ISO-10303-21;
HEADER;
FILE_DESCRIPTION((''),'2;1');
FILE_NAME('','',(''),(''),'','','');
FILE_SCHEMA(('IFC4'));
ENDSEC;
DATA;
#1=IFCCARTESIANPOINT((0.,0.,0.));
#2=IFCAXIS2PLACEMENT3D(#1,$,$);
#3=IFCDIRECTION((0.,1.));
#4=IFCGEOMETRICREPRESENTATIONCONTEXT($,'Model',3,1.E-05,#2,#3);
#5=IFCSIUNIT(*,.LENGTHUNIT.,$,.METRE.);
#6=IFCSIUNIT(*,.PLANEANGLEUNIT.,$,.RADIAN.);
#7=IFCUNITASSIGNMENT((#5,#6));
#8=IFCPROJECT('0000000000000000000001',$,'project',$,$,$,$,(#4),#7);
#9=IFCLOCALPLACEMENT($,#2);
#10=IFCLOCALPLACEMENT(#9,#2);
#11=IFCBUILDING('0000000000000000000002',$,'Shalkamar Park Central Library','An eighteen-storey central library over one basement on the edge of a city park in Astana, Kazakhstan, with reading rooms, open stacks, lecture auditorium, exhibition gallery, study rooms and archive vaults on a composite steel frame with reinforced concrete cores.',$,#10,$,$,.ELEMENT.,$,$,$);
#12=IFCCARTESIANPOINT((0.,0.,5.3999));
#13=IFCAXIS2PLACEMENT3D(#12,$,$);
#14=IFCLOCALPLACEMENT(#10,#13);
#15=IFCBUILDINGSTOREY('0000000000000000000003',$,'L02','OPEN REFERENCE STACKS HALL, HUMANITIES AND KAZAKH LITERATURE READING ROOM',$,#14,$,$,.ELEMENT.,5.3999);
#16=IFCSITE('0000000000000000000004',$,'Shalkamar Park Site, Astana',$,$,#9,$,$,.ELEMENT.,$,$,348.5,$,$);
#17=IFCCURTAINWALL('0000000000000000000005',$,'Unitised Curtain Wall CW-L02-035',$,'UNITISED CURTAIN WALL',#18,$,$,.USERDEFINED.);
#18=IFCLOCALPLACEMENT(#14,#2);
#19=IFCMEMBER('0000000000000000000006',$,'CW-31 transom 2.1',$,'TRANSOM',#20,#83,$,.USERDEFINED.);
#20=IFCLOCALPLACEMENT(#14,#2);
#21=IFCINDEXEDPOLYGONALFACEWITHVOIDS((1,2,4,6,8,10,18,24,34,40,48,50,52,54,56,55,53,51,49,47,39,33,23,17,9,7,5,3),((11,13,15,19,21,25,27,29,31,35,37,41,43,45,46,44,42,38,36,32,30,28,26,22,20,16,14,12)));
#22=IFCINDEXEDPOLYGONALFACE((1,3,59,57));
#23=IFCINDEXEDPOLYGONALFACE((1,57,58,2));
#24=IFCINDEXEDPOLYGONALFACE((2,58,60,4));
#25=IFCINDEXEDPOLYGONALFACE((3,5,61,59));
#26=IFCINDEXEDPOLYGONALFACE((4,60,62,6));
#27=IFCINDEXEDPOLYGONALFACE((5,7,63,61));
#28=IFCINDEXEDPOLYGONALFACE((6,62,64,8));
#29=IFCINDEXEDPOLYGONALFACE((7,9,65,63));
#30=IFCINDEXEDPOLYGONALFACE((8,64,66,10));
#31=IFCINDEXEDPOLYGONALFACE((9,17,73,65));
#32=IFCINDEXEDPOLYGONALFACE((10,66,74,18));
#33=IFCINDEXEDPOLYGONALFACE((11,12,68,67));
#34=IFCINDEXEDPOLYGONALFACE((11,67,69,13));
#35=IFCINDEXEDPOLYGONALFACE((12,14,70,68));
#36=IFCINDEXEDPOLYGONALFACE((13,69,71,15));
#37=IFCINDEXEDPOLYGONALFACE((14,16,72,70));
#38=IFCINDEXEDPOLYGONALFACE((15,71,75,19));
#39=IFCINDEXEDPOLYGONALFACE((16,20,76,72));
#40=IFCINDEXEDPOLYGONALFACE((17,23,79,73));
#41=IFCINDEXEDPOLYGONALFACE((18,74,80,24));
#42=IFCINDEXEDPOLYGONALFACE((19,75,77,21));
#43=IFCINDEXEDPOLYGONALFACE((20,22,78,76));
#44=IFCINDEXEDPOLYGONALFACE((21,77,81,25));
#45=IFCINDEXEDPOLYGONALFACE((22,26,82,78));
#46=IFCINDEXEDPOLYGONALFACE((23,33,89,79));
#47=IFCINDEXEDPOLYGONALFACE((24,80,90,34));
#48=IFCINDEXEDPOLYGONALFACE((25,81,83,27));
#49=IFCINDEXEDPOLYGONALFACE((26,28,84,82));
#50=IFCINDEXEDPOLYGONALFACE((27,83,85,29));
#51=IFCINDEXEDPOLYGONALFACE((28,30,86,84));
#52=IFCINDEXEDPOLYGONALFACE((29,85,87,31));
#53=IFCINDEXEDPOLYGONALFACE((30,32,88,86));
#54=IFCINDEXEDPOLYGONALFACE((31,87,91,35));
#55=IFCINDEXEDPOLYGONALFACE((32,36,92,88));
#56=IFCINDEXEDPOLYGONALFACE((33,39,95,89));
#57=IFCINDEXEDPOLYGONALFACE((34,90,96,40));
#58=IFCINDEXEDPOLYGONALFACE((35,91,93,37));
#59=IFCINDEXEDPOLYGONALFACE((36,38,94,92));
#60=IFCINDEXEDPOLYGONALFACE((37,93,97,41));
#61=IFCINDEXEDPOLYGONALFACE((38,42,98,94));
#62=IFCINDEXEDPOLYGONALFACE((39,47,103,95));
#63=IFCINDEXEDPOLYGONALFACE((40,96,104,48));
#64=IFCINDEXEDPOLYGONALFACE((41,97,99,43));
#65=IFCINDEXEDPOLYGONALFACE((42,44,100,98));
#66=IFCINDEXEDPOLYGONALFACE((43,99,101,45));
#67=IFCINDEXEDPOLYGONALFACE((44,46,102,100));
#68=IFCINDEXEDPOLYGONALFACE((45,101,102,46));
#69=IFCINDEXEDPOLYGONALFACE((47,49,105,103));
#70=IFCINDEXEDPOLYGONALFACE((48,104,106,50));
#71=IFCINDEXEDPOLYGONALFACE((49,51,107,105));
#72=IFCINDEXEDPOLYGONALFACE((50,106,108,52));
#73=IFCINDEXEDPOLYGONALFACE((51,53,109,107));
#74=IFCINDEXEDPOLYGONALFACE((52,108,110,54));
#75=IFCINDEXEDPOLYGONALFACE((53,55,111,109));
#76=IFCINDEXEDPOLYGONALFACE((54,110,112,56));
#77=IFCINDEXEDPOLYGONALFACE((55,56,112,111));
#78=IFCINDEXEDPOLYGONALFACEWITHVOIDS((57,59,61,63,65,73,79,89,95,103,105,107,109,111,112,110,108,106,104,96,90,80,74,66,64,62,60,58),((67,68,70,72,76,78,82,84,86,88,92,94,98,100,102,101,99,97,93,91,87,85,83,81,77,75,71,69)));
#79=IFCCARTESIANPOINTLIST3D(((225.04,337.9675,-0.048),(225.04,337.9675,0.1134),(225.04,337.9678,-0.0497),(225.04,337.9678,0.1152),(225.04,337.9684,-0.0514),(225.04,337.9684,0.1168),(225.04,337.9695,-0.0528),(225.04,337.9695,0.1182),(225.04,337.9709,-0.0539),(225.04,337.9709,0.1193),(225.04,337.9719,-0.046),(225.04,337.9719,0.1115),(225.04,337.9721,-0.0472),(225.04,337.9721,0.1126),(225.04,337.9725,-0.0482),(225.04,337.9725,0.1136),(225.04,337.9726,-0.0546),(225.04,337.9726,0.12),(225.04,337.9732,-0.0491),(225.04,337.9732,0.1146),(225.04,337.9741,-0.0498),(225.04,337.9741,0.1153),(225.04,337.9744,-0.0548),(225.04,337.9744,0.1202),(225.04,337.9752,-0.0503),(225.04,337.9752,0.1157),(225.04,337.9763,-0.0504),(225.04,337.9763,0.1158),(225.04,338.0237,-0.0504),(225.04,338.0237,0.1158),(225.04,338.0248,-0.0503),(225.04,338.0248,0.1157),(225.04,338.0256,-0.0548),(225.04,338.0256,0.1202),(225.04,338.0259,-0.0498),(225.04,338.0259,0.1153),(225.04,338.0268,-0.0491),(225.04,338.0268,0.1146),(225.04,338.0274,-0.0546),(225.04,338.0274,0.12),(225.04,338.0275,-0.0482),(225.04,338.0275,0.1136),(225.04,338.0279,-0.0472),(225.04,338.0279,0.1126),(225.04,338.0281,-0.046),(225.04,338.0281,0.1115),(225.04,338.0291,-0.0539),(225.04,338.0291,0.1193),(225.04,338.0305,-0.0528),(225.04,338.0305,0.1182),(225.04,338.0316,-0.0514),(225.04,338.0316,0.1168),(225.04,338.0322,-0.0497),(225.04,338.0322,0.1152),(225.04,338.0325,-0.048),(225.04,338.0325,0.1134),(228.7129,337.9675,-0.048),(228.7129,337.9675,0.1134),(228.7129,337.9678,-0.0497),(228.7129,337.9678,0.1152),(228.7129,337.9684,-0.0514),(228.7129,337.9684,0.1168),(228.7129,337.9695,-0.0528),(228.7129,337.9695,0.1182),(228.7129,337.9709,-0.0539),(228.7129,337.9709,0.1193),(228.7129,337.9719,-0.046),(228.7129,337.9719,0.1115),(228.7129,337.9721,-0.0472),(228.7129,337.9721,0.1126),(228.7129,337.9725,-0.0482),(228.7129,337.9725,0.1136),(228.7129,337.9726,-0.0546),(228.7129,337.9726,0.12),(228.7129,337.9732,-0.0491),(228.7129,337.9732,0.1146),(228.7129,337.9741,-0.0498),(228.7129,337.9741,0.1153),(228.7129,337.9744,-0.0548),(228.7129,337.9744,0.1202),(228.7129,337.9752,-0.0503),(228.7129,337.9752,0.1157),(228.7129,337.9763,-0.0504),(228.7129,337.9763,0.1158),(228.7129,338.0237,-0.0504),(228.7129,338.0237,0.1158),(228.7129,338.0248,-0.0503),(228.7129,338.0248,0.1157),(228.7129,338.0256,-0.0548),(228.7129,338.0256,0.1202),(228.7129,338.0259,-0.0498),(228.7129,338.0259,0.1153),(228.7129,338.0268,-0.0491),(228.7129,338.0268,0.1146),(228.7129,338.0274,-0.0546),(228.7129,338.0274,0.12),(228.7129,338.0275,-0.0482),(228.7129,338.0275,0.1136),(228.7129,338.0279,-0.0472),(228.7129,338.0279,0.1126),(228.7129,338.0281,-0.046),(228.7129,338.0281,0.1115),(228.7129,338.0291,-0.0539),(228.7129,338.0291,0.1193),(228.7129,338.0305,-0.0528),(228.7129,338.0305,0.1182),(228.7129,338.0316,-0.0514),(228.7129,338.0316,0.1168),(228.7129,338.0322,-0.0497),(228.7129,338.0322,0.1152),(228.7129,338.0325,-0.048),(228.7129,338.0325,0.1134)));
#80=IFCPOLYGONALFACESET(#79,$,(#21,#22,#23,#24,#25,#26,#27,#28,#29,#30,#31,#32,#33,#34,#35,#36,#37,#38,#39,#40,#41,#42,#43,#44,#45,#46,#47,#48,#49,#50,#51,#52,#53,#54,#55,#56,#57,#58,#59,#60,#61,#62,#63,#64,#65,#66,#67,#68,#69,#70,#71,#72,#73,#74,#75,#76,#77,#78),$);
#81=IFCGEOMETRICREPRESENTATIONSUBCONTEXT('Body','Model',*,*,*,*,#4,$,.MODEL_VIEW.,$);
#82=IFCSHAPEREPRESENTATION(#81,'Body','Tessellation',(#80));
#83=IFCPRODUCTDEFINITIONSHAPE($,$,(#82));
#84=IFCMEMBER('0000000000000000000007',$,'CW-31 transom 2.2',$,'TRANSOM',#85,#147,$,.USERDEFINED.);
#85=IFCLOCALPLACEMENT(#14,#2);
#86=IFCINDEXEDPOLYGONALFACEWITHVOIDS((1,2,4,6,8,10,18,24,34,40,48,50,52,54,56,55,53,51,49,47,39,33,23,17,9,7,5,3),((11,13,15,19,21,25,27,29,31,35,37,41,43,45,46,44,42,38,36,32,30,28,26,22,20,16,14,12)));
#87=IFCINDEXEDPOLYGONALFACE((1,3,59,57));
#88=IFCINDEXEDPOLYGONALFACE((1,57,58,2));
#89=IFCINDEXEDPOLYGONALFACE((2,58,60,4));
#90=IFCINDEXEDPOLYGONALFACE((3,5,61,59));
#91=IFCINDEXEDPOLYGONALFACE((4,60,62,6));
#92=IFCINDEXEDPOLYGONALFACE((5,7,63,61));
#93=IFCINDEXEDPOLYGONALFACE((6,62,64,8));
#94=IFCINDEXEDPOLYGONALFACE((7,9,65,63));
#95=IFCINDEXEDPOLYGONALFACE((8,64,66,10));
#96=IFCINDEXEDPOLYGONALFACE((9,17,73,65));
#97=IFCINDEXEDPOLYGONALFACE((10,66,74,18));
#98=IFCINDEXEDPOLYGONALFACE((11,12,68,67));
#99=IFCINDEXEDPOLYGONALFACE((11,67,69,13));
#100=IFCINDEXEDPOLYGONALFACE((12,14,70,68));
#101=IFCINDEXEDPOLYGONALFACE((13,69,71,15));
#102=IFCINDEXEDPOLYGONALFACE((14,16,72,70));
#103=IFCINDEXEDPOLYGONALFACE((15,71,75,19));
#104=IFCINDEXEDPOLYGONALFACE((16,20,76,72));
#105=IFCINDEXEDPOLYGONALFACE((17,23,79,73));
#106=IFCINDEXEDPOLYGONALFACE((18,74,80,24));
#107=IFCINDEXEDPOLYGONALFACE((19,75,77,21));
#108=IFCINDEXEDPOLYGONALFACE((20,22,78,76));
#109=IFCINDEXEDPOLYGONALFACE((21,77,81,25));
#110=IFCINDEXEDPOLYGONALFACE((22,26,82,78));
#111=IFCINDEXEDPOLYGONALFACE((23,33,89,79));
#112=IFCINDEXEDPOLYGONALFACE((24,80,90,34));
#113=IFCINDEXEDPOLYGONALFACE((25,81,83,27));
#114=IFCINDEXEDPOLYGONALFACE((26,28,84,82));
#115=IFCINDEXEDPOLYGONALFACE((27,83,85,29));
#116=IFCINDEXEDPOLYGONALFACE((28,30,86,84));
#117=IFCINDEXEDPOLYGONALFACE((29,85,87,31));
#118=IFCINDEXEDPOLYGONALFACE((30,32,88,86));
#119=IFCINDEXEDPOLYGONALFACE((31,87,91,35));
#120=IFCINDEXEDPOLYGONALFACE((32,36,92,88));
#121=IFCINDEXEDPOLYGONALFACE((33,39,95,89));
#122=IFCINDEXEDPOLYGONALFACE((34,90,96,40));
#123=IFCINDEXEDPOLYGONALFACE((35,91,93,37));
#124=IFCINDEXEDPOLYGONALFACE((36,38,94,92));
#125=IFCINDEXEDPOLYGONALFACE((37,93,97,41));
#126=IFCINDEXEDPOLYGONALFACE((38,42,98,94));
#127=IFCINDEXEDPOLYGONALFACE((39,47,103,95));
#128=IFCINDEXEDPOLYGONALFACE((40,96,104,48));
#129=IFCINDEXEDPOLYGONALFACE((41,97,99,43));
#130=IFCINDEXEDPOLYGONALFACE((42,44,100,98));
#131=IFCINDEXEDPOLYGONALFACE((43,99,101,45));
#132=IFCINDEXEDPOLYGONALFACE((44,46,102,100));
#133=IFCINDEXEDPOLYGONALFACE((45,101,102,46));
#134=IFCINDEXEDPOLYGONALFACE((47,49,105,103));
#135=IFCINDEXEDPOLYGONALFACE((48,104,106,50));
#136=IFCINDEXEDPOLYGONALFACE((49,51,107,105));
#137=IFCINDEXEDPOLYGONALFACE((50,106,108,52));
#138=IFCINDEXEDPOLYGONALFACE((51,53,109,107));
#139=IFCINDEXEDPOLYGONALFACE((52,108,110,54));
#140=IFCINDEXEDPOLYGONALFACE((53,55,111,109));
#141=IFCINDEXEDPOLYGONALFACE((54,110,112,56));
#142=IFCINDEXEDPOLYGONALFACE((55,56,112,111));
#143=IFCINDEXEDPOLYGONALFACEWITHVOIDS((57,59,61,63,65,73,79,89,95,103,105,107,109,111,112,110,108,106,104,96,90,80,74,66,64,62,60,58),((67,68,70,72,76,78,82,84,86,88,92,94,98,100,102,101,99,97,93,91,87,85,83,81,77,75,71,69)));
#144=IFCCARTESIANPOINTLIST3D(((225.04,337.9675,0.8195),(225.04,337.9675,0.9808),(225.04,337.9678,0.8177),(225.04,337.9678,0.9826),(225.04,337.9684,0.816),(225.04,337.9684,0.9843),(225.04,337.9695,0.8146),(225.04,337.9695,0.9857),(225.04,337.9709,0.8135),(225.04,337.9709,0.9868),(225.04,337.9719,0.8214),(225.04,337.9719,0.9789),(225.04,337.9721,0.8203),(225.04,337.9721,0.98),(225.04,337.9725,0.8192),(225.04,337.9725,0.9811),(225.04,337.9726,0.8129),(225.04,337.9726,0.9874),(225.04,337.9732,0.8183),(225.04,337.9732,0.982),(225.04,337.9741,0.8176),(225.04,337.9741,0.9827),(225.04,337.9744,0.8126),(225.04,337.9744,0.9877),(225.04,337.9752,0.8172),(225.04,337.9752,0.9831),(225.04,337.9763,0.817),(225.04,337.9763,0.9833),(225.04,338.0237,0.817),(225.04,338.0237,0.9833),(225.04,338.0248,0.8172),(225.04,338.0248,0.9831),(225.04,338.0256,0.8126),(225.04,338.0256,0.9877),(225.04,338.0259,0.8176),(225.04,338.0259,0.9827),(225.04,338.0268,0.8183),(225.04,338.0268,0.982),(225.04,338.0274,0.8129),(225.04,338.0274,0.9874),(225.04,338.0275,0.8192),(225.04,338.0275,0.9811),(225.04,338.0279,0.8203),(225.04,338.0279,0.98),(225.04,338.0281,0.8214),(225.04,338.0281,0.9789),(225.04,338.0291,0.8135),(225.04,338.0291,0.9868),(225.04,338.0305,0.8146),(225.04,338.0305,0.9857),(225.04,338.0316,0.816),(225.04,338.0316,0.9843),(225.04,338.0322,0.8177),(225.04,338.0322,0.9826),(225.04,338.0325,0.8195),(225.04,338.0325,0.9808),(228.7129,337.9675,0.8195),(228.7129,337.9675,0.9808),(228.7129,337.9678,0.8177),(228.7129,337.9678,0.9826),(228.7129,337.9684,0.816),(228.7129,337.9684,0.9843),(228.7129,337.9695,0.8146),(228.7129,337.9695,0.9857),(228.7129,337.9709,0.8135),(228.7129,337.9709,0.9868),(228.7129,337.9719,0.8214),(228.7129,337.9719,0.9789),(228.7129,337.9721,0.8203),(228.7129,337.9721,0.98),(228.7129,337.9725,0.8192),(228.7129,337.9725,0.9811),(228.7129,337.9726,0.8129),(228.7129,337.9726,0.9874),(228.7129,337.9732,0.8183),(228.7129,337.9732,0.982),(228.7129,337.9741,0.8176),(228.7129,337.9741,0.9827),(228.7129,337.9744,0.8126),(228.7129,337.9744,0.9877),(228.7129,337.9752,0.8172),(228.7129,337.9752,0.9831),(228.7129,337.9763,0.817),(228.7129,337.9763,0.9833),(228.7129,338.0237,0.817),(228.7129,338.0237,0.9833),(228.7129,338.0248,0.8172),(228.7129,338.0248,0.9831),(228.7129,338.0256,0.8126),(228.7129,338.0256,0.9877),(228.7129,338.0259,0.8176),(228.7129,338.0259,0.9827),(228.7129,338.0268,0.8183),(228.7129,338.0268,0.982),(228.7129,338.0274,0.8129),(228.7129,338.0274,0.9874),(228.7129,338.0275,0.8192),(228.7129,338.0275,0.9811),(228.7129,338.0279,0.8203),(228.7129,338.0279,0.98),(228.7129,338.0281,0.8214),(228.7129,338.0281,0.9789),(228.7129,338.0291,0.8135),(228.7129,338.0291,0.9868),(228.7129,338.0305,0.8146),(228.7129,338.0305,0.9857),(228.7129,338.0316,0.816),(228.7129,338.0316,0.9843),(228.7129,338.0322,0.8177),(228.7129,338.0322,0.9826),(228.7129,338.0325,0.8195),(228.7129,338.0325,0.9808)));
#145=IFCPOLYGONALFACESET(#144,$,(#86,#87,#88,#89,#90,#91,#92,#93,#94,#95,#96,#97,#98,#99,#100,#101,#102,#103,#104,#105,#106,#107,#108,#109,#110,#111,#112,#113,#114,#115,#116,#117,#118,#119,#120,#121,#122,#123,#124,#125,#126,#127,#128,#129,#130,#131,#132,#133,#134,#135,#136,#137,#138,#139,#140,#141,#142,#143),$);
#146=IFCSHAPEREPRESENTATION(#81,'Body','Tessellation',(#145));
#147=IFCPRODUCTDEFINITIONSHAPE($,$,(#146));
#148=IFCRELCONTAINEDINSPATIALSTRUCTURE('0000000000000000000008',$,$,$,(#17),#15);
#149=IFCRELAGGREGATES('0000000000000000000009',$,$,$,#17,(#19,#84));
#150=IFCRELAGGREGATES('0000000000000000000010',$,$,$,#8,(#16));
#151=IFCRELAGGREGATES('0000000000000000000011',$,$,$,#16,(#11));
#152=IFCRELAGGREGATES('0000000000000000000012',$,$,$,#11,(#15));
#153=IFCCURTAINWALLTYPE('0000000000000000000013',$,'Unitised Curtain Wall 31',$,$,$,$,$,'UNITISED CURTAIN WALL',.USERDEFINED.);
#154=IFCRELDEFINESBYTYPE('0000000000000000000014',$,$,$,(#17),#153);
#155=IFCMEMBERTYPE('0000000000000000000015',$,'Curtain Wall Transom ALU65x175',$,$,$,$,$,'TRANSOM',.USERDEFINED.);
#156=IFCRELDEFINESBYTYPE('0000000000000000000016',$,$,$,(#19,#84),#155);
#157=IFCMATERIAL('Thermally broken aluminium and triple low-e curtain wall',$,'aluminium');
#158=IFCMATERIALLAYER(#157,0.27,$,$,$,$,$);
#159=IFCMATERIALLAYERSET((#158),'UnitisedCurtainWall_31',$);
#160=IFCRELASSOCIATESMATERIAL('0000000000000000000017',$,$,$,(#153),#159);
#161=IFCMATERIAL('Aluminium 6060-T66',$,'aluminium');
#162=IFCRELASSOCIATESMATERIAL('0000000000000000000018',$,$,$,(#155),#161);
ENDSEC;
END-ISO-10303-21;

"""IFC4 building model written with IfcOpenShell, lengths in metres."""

from ifc_helpers import new_model, si_unit, direction, frame, origin, origin_2d, place, context, subcontext, project, spatial, hollow_rectangle, extrude, material, layer, layer_set, material_profile, profile_set, type_object, element, aggregate, save


model = new_model("IFC4")

# Units and contexts
model_context = context("Model", 3, precision=1e-05, world=origin(), true_north=direction((0.0, 1.0)))
body_context = subcontext(model_context, "Body", "Model", "MODEL_VIEW")
ifc_project = project(units=[si_unit("LENGTHUNIT", "METRE"), si_unit("PLANEANGLEUNIT", "RADIAN")], contexts=[model_context])

# Site, building, storey
site_placement = place(None, origin())
site = spatial("IfcSite", under=ifc_project, at=site_placement, Name="Shalkamar Park Site, Astana", CompositionType="ELEMENT", RefElevation=348.5)
building_placement = place(site_placement, origin())
building = spatial("IfcBuilding", under=site, at=building_placement, Name="Shalkamar Park Central Library", Description="An eighteen-storey central library over one basement on the edge of a city park in Astana, Kazakhstan, with reading rooms, open stacks, lecture auditorium, exhibition gallery, study rooms and archive vaults on a composite steel frame with reinforced concrete cores.", CompositionType="ELEMENT")
storey_placement = place(building_placement, frame((0.0, 0.0, 5.3999)))
storey = spatial("IfcBuildingStorey", under=building, at=storey_placement, Name="L02", Description="OPEN REFERENCE STACKS HALL, HUMANITIES AND KAZAKH LITERATURE READING ROOM", CompositionType="ELEMENT", Elevation=5.3999)

# Curtain wall
ifc_material_1 = material(Name="Thermally broken aluminium and triple low-e curtain wall", Category="aluminium")
ifc_layer_1 = layer(ifc_material_1, 0.27)
ifc_layer_set_1 = layer_set([ifc_layer_1], Name="UnitisedCurtainWall_31")
curtain_wall_type_1 = type_object("IfcCurtainWallType", Name="Unitised Curtain Wall 31", ElementType="UNITISED CURTAIN WALL", PredefinedType="USERDEFINED", material=ifc_layer_set_1)
curtain_wall_1_placement = place(storey_placement, origin())
curtain_wall_1 = element("IfcCurtainWall", 1, at=curtain_wall_1_placement, inside=storey, type_object=curtain_wall_type_1, Name="Unitised Curtain Wall CW-L02-035", ObjectType="UNITISED CURTAIN WALL", PredefinedType="USERDEFINED")
ifc_material_2 = material(Name="Aluminium 6060-T66", Category="aluminium")

# Members
ifc_material_profile_1 = material_profile(ifc_material_2, hollow_rectangle(XDim=0.0649, YDim=0.175, WallThickness=0.0044, InnerFilletRadius=0.0044, OuterFilletRadius=0.0068, at=origin_2d()), Name="ALU 65x175x4.5")
ifc_profile_set_1 = profile_set([ifc_material_profile_1], Name="Aluminium 6060-T66")
member_type_1 = type_object("IfcMemberType", Name="Curtain Wall Transom ALU65x175", ElementType="TRANSOM", PredefinedType="USERDEFINED", material=ifc_profile_set_1)
member_1_placement = place(storey_placement, frame((225.04, 338.0, 0.0327), z_axis=(1.0, 0.0, 0.0), x_axis=(0.0, 1.0, 0.0)))
member_1 = element("IfcMember", 2, at=member_1_placement, type_object=member_type_1, Name="CW-31 transom 2.1", ObjectType="TRANSOM", PredefinedType="USERDEFINED", context=body_context, shape_type="SweptSolid", body=[
    extrude(hollow_rectangle(XDim=0.0649, YDim=0.175, WallThickness=0.0044, InnerFilletRadius=0.0044, OuterFilletRadius=0.0068, at=origin_2d()), origin(), (0.0, 0.0, 1.0), 3.6729),
])
member_2_placement = place(storey_placement, frame((225.04, 338.0, 0.9001), z_axis=(1.0, 0.0, 0.0), x_axis=(0.0, 1.0, 0.0)))
member_2 = element("IfcMember", 3, at=member_2_placement, type_object=member_type_1, Name="CW-31 transom 2.2", ObjectType="TRANSOM", PredefinedType="USERDEFINED", context=body_context, shape_type="SweptSolid", body=[
    extrude(hollow_rectangle(XDim=0.0649, YDim=0.175, WallThickness=0.0044, InnerFilletRadius=0.0044, OuterFilletRadius=0.0068, at=origin_2d()), origin(), (0.0, 0.0, 1.0), 3.6729),
])

aggregate(curtain_wall_1, [member_1, member_2])

save(model, "model.ifc")
